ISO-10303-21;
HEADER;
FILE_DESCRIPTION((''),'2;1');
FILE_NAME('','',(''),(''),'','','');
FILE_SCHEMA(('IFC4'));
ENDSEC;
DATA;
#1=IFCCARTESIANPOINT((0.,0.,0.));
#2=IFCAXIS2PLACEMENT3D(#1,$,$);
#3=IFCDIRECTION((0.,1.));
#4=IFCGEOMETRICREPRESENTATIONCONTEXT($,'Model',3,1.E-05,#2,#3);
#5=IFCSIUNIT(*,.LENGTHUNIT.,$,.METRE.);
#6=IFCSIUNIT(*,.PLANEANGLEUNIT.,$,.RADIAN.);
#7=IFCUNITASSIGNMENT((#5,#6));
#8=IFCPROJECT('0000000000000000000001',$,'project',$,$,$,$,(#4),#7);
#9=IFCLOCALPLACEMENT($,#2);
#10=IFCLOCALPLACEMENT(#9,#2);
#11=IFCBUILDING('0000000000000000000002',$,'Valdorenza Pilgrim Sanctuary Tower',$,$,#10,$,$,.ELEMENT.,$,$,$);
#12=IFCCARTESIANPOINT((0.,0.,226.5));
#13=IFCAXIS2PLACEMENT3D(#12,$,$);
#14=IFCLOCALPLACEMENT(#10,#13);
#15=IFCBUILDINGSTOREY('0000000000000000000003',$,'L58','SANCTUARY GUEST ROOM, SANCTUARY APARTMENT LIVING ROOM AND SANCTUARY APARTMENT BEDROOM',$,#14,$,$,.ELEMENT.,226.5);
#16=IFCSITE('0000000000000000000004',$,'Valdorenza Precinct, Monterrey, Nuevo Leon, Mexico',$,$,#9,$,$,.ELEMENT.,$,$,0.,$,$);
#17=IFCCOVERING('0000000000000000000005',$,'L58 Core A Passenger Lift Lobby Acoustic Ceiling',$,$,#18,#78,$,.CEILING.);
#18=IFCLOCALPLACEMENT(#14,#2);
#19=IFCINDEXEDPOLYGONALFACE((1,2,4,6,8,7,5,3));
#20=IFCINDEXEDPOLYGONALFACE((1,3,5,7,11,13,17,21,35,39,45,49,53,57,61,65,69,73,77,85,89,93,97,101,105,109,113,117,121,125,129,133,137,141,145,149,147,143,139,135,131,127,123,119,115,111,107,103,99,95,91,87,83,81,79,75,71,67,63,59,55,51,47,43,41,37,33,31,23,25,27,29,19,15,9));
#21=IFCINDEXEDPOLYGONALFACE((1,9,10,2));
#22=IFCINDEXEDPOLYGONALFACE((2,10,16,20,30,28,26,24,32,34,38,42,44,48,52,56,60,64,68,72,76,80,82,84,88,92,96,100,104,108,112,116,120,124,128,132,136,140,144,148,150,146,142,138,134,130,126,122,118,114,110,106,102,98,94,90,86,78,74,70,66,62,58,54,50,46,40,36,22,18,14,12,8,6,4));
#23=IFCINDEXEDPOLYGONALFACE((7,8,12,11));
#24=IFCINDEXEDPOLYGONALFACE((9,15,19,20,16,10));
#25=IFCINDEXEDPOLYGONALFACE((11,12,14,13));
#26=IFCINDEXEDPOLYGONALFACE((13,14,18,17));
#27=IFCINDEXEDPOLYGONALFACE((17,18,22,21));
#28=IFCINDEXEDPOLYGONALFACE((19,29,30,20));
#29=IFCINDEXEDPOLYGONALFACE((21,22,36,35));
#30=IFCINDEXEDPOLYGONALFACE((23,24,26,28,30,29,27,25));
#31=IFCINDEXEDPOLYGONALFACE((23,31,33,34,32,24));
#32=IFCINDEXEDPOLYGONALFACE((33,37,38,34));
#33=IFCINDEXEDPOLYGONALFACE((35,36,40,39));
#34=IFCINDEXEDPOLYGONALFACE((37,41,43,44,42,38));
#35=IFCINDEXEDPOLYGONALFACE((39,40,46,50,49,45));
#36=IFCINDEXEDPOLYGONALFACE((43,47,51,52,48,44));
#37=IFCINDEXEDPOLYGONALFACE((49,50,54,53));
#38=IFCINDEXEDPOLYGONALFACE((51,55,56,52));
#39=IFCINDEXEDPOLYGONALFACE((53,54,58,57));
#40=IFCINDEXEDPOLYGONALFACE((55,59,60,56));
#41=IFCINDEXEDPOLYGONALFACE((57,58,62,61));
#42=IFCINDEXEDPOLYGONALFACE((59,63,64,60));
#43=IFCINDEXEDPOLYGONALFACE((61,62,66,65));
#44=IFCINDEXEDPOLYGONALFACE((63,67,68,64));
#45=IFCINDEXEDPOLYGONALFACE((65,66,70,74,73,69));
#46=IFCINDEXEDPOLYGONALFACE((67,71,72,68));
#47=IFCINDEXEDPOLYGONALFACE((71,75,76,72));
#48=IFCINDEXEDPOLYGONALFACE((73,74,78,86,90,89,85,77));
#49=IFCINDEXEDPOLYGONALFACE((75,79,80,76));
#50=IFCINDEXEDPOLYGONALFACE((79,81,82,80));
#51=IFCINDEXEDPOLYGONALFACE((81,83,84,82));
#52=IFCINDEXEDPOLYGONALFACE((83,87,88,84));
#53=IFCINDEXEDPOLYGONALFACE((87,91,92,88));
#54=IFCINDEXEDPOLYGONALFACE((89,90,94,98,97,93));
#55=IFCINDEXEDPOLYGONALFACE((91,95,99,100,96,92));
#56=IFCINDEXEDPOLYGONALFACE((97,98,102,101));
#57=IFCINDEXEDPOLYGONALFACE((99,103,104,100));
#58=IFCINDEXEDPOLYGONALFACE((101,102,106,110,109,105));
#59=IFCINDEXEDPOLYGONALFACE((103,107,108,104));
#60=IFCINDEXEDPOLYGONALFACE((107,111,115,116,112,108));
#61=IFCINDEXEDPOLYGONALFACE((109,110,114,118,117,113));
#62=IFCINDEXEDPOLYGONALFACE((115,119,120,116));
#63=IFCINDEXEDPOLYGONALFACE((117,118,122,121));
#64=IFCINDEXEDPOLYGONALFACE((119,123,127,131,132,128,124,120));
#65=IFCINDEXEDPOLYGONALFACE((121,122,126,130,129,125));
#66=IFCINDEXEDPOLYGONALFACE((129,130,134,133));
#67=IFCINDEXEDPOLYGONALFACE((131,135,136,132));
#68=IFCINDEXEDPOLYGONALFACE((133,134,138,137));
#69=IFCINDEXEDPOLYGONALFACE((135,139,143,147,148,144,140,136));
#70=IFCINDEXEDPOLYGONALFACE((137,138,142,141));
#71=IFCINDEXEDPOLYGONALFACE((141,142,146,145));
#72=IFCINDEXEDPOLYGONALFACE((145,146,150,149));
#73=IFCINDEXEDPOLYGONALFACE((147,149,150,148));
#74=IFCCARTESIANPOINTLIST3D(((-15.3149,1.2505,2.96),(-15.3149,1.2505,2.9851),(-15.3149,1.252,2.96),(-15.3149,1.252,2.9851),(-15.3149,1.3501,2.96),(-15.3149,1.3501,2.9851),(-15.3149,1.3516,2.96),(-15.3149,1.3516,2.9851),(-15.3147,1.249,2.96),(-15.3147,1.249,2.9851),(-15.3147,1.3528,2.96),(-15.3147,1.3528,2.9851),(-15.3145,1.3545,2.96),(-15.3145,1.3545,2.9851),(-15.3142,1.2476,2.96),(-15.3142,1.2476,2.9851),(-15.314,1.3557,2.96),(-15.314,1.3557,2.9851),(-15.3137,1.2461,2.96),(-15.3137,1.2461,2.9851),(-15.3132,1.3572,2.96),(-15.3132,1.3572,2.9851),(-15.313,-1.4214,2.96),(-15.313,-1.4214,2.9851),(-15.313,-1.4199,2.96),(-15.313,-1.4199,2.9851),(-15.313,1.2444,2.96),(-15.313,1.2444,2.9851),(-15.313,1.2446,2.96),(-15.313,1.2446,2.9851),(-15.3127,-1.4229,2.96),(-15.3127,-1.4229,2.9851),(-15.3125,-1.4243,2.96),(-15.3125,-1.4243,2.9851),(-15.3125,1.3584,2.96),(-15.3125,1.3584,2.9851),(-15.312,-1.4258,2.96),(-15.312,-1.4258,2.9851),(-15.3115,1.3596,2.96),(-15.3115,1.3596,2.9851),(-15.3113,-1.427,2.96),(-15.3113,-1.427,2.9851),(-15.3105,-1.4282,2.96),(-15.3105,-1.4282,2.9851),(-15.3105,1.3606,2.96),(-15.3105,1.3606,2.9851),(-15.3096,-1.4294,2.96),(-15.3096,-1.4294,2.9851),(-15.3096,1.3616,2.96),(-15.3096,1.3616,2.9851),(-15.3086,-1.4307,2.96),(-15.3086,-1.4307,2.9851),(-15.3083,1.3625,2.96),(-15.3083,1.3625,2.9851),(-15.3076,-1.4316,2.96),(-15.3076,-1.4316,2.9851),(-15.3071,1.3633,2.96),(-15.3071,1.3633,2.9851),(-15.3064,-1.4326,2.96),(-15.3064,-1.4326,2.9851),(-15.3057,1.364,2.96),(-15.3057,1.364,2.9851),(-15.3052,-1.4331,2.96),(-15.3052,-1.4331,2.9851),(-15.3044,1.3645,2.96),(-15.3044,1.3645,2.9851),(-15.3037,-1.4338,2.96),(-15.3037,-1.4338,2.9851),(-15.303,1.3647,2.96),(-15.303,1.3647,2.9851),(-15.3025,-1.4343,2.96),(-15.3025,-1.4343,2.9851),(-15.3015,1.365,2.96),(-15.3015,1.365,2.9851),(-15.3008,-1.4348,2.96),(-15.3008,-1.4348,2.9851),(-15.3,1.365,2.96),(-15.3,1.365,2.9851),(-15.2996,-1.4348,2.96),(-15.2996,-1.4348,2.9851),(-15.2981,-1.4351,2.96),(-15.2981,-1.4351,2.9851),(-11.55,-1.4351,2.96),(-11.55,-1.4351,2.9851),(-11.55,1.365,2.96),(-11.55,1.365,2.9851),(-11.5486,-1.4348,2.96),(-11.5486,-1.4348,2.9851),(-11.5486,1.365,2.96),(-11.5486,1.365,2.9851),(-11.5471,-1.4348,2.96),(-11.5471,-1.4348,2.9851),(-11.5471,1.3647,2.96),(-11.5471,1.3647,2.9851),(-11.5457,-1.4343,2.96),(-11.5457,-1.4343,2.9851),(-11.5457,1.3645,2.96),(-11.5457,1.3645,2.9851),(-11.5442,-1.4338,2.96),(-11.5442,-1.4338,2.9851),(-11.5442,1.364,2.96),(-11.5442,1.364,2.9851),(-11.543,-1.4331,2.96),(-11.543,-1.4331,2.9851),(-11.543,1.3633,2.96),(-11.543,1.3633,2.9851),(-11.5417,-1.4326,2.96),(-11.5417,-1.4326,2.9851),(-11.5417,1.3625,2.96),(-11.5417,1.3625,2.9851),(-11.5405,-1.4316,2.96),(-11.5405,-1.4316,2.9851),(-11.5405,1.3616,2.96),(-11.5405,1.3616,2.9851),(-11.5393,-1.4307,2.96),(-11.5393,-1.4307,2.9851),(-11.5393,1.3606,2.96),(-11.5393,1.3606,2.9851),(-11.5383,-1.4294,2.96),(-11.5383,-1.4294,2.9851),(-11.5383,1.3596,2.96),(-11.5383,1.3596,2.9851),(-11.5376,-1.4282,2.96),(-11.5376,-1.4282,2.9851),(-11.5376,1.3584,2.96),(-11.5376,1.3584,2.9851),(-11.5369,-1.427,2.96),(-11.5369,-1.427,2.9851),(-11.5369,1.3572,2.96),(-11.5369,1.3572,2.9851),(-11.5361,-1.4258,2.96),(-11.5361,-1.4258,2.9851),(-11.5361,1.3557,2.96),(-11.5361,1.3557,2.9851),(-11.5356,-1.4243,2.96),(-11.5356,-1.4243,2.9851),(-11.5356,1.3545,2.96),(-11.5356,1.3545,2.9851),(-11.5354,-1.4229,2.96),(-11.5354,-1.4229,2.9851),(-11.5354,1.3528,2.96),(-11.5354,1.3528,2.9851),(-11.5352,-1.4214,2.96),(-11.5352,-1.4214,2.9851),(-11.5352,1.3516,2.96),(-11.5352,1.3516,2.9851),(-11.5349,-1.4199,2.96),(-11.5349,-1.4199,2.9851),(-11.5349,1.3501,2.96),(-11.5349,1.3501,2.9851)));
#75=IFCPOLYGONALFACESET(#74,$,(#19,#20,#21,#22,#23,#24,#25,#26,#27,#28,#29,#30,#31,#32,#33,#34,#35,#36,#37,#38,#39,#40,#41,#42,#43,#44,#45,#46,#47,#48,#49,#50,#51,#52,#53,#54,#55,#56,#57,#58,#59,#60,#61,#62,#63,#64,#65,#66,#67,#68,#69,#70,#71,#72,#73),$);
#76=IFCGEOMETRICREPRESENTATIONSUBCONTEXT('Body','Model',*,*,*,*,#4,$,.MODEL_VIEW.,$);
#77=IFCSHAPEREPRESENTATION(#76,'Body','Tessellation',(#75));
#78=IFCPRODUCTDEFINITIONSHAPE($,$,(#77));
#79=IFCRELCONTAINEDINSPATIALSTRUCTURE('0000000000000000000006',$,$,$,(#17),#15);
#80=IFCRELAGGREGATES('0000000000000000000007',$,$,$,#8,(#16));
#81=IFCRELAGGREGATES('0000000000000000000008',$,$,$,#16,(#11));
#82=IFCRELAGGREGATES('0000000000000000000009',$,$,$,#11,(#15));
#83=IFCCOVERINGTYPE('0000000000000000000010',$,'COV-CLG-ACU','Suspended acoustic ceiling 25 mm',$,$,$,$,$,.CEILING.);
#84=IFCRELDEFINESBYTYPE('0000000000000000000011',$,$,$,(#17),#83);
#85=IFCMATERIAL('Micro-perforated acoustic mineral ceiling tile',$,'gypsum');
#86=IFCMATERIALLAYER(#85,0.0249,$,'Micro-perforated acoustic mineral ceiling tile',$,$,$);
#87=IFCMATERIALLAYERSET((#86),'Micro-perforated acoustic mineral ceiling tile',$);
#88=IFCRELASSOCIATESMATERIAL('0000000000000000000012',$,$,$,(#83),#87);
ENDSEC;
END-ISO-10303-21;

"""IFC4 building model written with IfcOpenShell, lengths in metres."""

from ifc_helpers import new_model, si_unit, direction, frame, origin, place, context, subcontext, project, spatial, polyline, outline, extrude, material, layer, layer_set, type_object, element, save


model = new_model("IFC4")

# Units and contexts
model_context = context("Model", 3, precision=1e-05, world=origin(), true_north=direction((0.0, 1.0)))
body_context = subcontext(model_context, "Body", "Model", "MODEL_VIEW")
ifc_project = project(units=[si_unit("LENGTHUNIT", "METRE"), si_unit("PLANEANGLEUNIT", "RADIAN")], contexts=[model_context])

# Site, building, storey
site_placement = place(None, origin())
site = spatial("IfcSite", under=ifc_project, at=site_placement, Name="Valdorenza Precinct, Monterrey, Nuevo Leon, Mexico", CompositionType="ELEMENT", RefElevation=0.0)
building_placement = place(site_placement, origin())
building = spatial("IfcBuilding", under=site, at=building_placement, Name="Valdorenza Pilgrim Sanctuary Tower", CompositionType="ELEMENT")
storey_placement = place(building_placement, frame((0.0, 0.0, 226.5)))
storey = spatial("IfcBuildingStorey", under=building, at=storey_placement, Name="L58", Description="SANCTUARY GUEST ROOM, SANCTUARY APARTMENT LIVING ROOM AND SANCTUARY APARTMENT BEDROOM", CompositionType="ELEMENT", Elevation=226.5)

# Covering
ifc_material_1 = material(Name="Micro-perforated acoustic mineral ceiling tile", Category="gypsum")
ifc_layer_1 = layer(ifc_material_1, 0.0249, Name="Micro-perforated acoustic mineral ceiling tile")
ifc_layer_set_1 = layer_set([ifc_layer_1], Name="Micro-perforated acoustic mineral ceiling tile")
covering_type_1 = type_object("IfcCoveringType", Name="COV-CLG-ACU", Description="Suspended acoustic ceiling 25 mm", PredefinedType="CEILING", material=ifc_layer_set_1)
covering_1_placement = place(storey_placement, frame((0.0, 0.0, 2.96)))
element("IfcCovering", 1, at=covering_1_placement, inside=storey, type_object=covering_type_1, Name="L58 Core A Passenger Lift Lobby Acoustic Ceiling", PredefinedType="CEILING", context=body_context, shape_type="SweptSolid", body=[
    extrude(outline(polyline([(-15.3149, 1.3501), (-15.3149, 1.3516), (-15.3147, 1.3528), (-15.3145, 1.3545), (-15.314, 1.3557), (-15.3132, 1.3572), (-15.3125, 1.3584), (-15.3115, 1.3596), (-15.3105, 1.3606), (-15.3096, 1.3616), (-15.3083, 1.3625), (-15.3071, 1.3633), (-15.3057, 1.364), (-15.3044, 1.3645), (-15.303, 1.3647), (-15.3015, 1.365), (-15.3, 1.365), (-11.55, 1.365), (-11.5486, 1.365), (-11.5471, 1.3647), (-11.5457, 1.3645), (-11.5442, 1.364), (-11.543, 1.3633), (-11.5417, 1.3625), (-11.5405, 1.3616), (-11.5393, 1.3606), (-11.5383, 1.3596), (-11.5376, 1.3584), (-11.5369, 1.3572), (-11.5361, 1.3557), (-11.5356, 1.3545), (-11.5354, 1.3528), (-11.5352, 1.3516), (-11.5349, 1.3501), (-11.5349, -1.4199), (-11.5352, -1.4214), (-11.5354, -1.4229), (-11.5356, -1.4243), (-11.5361, -1.4258), (-11.5369, -1.427), (-11.5376, -1.4282), (-11.5383, -1.4294), (-11.5393, -1.4307), (-11.5405, -1.4316), (-11.5417, -1.4326), (-11.543, -1.4331), (-11.5442, -1.4338), (-11.5457, -1.4343), (-11.5471, -1.4348), (-11.5486, -1.4348), (-11.55, -1.4351), (-15.2981, -1.4351), (-15.2996, -1.4348), (-15.3008, -1.4348), (-15.3025, -1.4343), (-15.3037, -1.4338), (-15.3052, -1.4331), (-15.3064, -1.4326), (-15.3076, -1.4316), (-15.3086, -1.4307), (-15.3096, -1.4294), (-15.3105, -1.4282), (-15.3113, -1.427), (-15.312, -1.4258), (-15.3125, -1.4243), (-15.3127, -1.4229), (-15.313, -1.4214), (-15.313, -1.4199), (-15.313, 1.2444), (-15.313, 1.2446), (-15.3137, 1.2461), (-15.3142, 1.2476), (-15.3147, 1.249), (-15.3149, 1.2505), (-15.3149, 1.252), (-15.3149, 1.3501)])), origin(), (0.0, 0.0, 1.0), 0.0251),
])

save(model, "model.ifc")
